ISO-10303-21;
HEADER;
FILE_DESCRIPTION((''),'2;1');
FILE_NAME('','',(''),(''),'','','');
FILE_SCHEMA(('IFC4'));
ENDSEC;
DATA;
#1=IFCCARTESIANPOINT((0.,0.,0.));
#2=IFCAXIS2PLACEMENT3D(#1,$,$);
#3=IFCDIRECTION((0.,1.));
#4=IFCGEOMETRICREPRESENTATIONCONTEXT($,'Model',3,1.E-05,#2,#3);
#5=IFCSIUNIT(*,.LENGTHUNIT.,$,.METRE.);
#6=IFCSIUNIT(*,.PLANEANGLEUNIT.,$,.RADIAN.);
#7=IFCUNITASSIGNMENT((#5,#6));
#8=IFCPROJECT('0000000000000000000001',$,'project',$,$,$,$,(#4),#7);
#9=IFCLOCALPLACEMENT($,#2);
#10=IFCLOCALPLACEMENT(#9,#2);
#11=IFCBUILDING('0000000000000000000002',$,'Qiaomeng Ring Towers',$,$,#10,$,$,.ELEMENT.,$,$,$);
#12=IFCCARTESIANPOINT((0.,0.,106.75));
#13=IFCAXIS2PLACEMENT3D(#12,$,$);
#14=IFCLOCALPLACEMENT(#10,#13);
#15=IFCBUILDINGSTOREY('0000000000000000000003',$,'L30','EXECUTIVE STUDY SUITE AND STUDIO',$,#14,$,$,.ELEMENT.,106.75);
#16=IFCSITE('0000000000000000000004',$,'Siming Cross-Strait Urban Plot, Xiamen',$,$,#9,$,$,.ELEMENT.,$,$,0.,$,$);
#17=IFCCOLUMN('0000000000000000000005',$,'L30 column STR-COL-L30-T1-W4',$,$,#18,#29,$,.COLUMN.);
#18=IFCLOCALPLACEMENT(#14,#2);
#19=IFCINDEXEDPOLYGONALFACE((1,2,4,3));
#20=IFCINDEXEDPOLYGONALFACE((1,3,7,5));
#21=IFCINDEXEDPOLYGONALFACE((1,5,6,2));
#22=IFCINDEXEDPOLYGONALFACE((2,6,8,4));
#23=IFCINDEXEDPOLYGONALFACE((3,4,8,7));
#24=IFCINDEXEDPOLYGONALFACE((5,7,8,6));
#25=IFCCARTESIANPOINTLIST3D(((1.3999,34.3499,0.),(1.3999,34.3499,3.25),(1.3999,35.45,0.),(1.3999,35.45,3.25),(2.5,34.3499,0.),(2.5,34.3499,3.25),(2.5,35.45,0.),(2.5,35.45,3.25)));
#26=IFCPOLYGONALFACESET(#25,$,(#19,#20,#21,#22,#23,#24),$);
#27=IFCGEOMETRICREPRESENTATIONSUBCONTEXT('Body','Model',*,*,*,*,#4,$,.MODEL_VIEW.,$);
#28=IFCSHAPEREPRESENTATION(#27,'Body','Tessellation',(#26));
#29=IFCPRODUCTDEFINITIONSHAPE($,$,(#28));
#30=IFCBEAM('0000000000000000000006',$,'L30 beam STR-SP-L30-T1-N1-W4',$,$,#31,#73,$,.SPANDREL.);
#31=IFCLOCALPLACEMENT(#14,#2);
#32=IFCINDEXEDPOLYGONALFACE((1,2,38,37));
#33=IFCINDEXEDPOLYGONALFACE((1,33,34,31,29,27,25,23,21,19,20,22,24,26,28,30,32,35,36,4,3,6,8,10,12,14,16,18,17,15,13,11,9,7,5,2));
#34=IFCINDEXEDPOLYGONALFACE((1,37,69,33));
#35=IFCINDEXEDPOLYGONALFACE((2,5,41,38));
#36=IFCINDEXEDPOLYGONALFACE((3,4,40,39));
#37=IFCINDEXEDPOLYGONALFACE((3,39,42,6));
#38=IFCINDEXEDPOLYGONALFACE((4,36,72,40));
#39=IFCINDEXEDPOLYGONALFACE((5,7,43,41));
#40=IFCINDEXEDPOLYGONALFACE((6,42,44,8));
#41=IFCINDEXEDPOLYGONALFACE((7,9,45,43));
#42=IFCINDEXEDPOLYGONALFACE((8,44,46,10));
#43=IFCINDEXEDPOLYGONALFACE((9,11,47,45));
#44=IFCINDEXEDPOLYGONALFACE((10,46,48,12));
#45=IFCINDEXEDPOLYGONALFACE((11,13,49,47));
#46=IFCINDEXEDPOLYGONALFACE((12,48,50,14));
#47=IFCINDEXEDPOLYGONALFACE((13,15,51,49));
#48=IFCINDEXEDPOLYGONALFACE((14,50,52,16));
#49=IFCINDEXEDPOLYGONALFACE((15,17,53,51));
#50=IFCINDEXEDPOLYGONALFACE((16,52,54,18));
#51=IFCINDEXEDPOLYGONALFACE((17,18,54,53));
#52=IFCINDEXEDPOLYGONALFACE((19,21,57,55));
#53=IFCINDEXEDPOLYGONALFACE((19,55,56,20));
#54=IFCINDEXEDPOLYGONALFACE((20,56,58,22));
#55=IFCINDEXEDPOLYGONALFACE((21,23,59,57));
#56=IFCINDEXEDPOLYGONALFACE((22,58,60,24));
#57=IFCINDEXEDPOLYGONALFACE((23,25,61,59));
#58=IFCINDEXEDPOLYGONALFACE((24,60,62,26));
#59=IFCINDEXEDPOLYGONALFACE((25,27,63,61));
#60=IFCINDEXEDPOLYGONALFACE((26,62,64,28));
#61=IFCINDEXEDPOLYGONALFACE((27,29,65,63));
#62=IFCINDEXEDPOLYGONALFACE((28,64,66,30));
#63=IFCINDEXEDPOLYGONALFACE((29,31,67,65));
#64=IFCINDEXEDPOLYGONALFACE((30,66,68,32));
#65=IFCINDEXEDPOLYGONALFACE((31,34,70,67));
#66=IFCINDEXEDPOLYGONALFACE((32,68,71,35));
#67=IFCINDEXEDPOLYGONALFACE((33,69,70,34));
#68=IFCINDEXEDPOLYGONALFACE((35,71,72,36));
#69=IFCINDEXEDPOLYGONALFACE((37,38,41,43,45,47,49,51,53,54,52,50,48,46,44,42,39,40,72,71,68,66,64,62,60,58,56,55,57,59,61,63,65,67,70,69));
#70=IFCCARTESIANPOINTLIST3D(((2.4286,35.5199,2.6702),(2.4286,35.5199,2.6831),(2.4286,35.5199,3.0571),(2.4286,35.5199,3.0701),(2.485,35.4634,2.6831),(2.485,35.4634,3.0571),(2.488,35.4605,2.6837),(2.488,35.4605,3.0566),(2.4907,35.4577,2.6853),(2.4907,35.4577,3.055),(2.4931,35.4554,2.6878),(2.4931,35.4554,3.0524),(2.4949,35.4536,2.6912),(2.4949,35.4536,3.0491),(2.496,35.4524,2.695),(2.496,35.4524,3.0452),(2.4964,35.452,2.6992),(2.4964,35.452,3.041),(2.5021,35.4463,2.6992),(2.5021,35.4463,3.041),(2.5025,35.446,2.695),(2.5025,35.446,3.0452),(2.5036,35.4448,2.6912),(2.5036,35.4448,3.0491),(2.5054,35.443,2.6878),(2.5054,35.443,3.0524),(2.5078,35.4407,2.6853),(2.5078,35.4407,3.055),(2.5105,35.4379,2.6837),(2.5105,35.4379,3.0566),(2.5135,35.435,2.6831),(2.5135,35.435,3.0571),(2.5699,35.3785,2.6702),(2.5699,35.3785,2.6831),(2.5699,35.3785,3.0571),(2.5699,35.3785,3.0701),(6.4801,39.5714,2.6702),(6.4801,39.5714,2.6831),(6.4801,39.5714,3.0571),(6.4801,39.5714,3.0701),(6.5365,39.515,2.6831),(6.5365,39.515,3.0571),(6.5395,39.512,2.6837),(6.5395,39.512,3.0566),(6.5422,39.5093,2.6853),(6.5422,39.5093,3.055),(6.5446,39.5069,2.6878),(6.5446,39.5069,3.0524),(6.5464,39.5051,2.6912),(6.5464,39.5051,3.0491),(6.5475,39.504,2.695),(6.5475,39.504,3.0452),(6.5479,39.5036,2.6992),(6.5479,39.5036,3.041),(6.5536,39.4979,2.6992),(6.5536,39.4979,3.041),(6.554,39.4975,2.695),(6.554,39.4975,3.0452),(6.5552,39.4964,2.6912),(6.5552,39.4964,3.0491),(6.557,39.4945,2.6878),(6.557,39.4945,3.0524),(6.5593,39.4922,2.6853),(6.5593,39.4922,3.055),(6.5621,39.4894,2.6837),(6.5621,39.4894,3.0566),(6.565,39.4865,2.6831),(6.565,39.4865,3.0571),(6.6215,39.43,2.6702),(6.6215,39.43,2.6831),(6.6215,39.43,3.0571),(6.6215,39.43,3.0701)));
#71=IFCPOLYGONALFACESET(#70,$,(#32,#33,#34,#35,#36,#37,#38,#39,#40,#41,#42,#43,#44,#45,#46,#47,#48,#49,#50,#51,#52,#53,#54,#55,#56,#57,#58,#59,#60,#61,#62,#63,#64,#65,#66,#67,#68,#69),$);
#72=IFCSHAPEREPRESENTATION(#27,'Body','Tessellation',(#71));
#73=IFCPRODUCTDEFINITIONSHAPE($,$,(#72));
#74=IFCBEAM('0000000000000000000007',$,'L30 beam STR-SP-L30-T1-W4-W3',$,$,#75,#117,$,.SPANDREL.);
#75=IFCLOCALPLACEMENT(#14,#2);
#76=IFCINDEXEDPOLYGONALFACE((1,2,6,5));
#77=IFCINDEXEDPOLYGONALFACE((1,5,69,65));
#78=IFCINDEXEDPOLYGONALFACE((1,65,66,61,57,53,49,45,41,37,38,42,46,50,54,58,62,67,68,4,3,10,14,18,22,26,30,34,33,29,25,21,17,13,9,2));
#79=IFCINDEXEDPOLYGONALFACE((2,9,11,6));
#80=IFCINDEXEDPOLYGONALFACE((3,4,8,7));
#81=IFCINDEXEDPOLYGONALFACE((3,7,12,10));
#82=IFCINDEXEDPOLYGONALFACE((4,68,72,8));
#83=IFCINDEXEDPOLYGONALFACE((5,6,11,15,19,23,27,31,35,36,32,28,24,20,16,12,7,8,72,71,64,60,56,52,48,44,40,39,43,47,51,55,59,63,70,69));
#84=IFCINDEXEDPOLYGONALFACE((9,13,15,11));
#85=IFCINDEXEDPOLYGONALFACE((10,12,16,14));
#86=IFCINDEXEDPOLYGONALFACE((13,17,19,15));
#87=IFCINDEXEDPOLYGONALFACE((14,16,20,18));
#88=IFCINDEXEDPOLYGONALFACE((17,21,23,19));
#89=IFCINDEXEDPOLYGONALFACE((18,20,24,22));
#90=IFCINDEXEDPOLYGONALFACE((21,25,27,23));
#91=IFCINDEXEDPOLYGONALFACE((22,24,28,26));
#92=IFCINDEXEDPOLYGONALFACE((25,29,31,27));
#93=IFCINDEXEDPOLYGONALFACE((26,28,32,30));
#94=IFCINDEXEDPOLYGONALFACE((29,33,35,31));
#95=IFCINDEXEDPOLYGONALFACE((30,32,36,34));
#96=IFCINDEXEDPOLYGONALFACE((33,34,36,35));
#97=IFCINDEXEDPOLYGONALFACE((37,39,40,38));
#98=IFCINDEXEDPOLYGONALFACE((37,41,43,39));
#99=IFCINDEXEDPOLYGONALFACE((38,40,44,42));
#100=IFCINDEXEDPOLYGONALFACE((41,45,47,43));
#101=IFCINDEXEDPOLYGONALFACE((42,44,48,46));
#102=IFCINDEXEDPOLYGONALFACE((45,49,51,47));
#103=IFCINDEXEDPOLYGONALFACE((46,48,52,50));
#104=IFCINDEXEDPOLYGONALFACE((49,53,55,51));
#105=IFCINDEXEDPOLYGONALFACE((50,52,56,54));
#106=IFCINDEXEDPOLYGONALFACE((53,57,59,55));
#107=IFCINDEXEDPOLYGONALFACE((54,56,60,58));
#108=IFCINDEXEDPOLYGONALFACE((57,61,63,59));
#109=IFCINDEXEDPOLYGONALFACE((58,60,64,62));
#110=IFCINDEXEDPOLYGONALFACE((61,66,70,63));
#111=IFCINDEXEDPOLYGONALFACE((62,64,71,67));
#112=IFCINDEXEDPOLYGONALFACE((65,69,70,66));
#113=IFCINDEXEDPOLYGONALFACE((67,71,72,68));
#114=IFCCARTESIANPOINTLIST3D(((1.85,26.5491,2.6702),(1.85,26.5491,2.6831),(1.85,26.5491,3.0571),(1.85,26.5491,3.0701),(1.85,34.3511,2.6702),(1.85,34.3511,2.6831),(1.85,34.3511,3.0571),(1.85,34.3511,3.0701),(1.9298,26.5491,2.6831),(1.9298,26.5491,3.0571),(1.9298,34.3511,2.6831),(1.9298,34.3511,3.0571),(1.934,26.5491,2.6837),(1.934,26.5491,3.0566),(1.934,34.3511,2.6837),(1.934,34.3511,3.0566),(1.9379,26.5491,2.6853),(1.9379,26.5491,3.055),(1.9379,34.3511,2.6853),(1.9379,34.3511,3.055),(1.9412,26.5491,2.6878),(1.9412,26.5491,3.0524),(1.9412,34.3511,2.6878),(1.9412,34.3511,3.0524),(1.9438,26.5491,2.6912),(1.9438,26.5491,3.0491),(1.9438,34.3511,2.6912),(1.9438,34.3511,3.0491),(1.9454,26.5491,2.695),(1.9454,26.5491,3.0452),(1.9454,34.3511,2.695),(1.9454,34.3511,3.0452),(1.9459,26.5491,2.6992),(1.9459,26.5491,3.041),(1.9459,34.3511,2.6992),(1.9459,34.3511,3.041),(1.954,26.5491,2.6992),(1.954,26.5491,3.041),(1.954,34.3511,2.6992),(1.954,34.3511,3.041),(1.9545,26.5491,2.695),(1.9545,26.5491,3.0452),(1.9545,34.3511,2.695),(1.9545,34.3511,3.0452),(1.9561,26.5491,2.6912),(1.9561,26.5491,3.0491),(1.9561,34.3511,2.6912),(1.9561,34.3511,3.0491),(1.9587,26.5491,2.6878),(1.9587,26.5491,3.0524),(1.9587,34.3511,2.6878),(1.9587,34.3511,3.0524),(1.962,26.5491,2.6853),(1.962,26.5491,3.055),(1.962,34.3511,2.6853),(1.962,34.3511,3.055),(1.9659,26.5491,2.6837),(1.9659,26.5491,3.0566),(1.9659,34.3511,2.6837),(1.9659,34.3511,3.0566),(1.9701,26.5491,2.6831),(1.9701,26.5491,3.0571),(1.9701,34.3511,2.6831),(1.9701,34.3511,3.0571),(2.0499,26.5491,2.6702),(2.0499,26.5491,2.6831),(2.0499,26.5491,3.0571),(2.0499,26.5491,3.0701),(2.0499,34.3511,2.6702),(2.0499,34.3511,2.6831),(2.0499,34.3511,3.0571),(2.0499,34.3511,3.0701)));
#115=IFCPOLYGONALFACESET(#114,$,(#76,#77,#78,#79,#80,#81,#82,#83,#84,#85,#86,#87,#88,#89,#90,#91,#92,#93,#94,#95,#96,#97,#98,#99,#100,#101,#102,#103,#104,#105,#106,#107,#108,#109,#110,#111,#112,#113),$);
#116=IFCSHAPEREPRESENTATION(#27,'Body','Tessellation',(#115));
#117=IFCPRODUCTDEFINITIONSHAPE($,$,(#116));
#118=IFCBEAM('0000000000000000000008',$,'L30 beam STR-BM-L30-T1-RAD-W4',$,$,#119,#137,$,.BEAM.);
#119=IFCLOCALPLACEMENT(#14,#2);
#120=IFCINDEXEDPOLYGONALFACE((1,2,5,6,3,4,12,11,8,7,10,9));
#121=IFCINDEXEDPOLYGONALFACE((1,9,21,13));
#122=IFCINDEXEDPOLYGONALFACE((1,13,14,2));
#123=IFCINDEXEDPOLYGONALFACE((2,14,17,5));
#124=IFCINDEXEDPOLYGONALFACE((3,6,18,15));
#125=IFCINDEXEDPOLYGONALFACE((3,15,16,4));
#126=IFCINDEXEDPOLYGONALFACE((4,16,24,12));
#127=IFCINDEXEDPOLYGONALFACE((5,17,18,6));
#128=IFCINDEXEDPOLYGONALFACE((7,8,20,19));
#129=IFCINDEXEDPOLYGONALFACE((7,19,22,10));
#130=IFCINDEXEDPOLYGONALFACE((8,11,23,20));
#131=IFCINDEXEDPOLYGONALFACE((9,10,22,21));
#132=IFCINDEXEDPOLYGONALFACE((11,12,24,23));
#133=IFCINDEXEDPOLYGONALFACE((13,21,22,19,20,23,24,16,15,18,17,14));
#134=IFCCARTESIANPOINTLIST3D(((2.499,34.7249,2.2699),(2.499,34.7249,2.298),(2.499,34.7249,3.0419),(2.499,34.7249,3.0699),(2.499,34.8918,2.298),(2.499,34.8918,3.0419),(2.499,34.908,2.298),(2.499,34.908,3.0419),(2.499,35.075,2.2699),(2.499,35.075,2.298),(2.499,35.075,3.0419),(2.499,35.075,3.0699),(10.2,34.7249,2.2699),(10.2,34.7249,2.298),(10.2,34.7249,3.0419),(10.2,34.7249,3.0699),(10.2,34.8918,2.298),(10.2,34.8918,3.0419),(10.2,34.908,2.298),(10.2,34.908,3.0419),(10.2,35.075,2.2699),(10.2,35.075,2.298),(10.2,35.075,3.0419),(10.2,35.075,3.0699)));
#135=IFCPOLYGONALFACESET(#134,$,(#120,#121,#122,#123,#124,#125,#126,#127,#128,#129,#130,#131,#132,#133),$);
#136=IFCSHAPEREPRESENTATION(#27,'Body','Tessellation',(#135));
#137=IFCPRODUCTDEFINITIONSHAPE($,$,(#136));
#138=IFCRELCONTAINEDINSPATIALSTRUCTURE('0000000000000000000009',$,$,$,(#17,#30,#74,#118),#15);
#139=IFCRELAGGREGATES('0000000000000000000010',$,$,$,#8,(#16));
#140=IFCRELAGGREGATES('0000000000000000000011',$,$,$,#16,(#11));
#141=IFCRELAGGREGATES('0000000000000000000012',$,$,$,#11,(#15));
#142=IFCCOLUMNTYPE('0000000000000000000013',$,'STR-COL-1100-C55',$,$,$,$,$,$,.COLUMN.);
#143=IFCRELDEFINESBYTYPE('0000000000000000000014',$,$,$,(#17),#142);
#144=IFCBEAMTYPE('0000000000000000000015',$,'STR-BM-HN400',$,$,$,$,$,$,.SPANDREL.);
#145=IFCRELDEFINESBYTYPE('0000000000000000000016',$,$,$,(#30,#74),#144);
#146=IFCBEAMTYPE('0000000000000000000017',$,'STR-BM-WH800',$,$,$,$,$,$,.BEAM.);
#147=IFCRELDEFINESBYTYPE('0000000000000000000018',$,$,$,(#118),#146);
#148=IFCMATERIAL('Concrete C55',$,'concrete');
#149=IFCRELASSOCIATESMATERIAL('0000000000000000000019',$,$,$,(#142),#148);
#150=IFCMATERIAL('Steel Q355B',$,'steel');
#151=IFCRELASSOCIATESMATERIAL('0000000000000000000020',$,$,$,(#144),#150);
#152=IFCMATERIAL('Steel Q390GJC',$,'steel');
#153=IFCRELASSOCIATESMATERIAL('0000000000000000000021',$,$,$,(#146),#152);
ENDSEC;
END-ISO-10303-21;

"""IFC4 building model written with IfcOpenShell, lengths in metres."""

from ifc_helpers import new_model, si_unit, direction, frame, origin, origin_2d, place, context, subcontext, project, spatial, rectangle, i_section, extrude, source, transform, mapped, material, material_profile, profile_set, type_object, element, save


model = new_model("IFC4")

# Units and contexts
model_context = context("Model", 3, precision=1e-05, world=origin(), true_north=direction((0.0, 1.0)))
body_context = subcontext(model_context, "Body", "Model", "MODEL_VIEW")
ifc_project = project(units=[si_unit("LENGTHUNIT", "METRE"), si_unit("PLANEANGLEUNIT", "RADIAN")], contexts=[model_context])

# Site, building, storey
site_placement = place(None, origin())
site = spatial("IfcSite", under=ifc_project, at=site_placement, Name="Siming Cross-Strait Urban Plot, Xiamen", CompositionType="ELEMENT", RefElevation=0.0)
building_placement = place(site_placement, origin())
building = spatial("IfcBuilding", under=site, at=building_placement, Name="Qiaomeng Ring Towers", CompositionType="ELEMENT")
storey_placement = place(building_placement, frame((0.0, 0.0, 106.75)))
storey = spatial("IfcBuildingStorey", under=building, at=storey_placement, Name="L30", Description="EXECUTIVE STUDY SUITE AND STUDIO", CompositionType="ELEMENT", Elevation=106.75)

# Column
ifc_material_1 = material(Name="Concrete C55", Category="concrete")
ifc_material_profile_1 = material_profile(ifc_material_1, rectangle(XDim=1.1001, YDim=1.1001, at=origin_2d()), Name="RC COL 1100x1100")
ifc_profile_set_1 = profile_set([ifc_material_profile_1], Name="Concrete C55")
column_type = type_object("IfcColumnType", Name="STR-COL-1100-C55", PredefinedType="COLUMN", material=ifc_profile_set_1)
shared_shape_1 = source(origin(), body_context, "Body", "SweptSolid", [
    extrude(rectangle(XDim=1.1001, YDim=1.1001, at=origin_2d()), origin(), (0.0, 0.0, 1.0), 3.25),
])
column_placement = place(storey_placement, frame((1.95, 34.8999, 0.0), z_axis=(0.0, 0.0, 1.0), x_axis=(1.0, 0.0, 0.0)))
element("IfcColumn", 1, at=column_placement, inside=storey, type_object=column_type, Name="L30 column STR-COL-L30-T1-W4", PredefinedType="COLUMN", context=body_context, shape_type="MappedRepresentation", body=[
    mapped(shared_shape_1, transform((0.0, 0.0, 0.0), x_axis=(1.0, 0.0, 0.0), y_axis=(0.0, 1.0, 0.0), z_axis=(0.0, 0.0, 1.0), scale=1.0)),
])

# Beams
ifc_material_2 = material(Name="Steel Q355B", Category="steel")
ifc_material_profile_2 = material_profile(ifc_material_2, i_section(OverallWidth=0.2, OverallDepth=0.3999, WebThickness=0.0081, FlangeThickness=0.0129, FilletRadius=0.0161, at=origin_2d()), Name="HN 400x200x8x13")
ifc_profile_set_2 = profile_set([ifc_material_profile_2], Name="Steel Q355B")
beam_type_1 = type_object("IfcBeamType", Name="STR-BM-HN400", PredefinedType="SPANDREL", material=ifc_profile_set_2)
shared_shape_2 = source(origin(), body_context, "Body", "SweptSolid", [
    extrude(i_section(OverallWidth=0.2, OverallDepth=0.3999, WebThickness=0.0081, FlangeThickness=0.0129, FilletRadius=0.0161, at=origin_2d()), origin(), (0.0, 0.0, 1.0), 5.7297),
])
beam_1_placement = place(storey_placement, frame((6.5508, 39.5007, 2.8701), z_axis=(-0.707107, -0.707107, 0.0), x_axis=(0.707107, -0.707107, 0.0)))
element("IfcBeam", 2, at=beam_1_placement, inside=storey, type_object=beam_type_1, Name="L30 beam STR-SP-L30-T1-N1-W4", PredefinedType="SPANDREL", context=body_context, shape_type="MappedRepresentation", body=[
    mapped(shared_shape_2, transform((0.0, 0.0, 0.0), x_axis=(1.0, 0.0, 0.0), y_axis=(0.0, 1.0, 0.0), z_axis=(0.0, 0.0, 1.0), scale=1.0)),
])
shared_shape_3 = source(origin(), body_context, "Body", "SweptSolid", [
    extrude(i_section(OverallWidth=0.2, OverallDepth=0.3999, WebThickness=0.0081, FlangeThickness=0.0129, FilletRadius=0.0161, at=origin_2d()), origin(), (0.0, 0.0, 1.0), 7.802),
])
beam_2_placement = place(storey_placement, frame((1.95, 34.3511, 2.8701), z_axis=(0.0, -1.0, 0.0), x_axis=(1.0, 0.0, 0.0)))
element("IfcBeam", 3, at=beam_2_placement, inside=storey, type_object=beam_type_1, Name="L30 beam STR-SP-L30-T1-W4-W3", PredefinedType="SPANDREL", context=body_context, shape_type="MappedRepresentation", body=[
    mapped(shared_shape_3, transform((0.0, 0.0, 0.0), x_axis=(1.0, 0.0, 0.0), y_axis=(0.0, 1.0, 0.0), z_axis=(0.0, 0.0, 1.0), scale=1.0)),
])
ifc_material_3 = material(Name="Steel Q390GJC", Category="steel")
ifc_material_profile_3 = material_profile(ifc_material_3, i_section(OverallWidth=0.3501, OverallDepth=0.8, WebThickness=0.0161, FlangeThickness=0.0281, at=origin_2d()), Name="WH 800x350x16x28")
ifc_profile_set_3 = profile_set([ifc_material_profile_3], Name="Steel Q390GJC")
beam_type_2 = type_object("IfcBeamType", Name="STR-BM-WH800", PredefinedType="BEAM", material=ifc_profile_set_3)
shared_shape_4 = source(origin(), body_context, "Body", "SweptSolid", [
    extrude(i_section(OverallWidth=0.3501, OverallDepth=0.8, WebThickness=0.0161, FlangeThickness=0.0281, at=origin_2d()), origin(), (0.0, 0.0, 1.0), 7.7009),
])
beam_3_placement = place(storey_placement, frame((2.499, 34.8999, 2.6699), z_axis=(1.0, 0.0, 0.0), x_axis=(0.0, 1.0, 0.0)))
element("IfcBeam", 4, at=beam_3_placement, inside=storey, type_object=beam_type_2, Name="L30 beam STR-BM-L30-T1-RAD-W4", PredefinedType="BEAM", context=body_context, shape_type="MappedRepresentation", body=[
    mapped(shared_shape_4, transform((0.0, 0.0, 0.0), x_axis=(1.0, 0.0, 0.0), y_axis=(0.0, 1.0, 0.0), z_axis=(0.0, 0.0, 1.0), scale=1.0)),
])

save(model, "model.ifc")
